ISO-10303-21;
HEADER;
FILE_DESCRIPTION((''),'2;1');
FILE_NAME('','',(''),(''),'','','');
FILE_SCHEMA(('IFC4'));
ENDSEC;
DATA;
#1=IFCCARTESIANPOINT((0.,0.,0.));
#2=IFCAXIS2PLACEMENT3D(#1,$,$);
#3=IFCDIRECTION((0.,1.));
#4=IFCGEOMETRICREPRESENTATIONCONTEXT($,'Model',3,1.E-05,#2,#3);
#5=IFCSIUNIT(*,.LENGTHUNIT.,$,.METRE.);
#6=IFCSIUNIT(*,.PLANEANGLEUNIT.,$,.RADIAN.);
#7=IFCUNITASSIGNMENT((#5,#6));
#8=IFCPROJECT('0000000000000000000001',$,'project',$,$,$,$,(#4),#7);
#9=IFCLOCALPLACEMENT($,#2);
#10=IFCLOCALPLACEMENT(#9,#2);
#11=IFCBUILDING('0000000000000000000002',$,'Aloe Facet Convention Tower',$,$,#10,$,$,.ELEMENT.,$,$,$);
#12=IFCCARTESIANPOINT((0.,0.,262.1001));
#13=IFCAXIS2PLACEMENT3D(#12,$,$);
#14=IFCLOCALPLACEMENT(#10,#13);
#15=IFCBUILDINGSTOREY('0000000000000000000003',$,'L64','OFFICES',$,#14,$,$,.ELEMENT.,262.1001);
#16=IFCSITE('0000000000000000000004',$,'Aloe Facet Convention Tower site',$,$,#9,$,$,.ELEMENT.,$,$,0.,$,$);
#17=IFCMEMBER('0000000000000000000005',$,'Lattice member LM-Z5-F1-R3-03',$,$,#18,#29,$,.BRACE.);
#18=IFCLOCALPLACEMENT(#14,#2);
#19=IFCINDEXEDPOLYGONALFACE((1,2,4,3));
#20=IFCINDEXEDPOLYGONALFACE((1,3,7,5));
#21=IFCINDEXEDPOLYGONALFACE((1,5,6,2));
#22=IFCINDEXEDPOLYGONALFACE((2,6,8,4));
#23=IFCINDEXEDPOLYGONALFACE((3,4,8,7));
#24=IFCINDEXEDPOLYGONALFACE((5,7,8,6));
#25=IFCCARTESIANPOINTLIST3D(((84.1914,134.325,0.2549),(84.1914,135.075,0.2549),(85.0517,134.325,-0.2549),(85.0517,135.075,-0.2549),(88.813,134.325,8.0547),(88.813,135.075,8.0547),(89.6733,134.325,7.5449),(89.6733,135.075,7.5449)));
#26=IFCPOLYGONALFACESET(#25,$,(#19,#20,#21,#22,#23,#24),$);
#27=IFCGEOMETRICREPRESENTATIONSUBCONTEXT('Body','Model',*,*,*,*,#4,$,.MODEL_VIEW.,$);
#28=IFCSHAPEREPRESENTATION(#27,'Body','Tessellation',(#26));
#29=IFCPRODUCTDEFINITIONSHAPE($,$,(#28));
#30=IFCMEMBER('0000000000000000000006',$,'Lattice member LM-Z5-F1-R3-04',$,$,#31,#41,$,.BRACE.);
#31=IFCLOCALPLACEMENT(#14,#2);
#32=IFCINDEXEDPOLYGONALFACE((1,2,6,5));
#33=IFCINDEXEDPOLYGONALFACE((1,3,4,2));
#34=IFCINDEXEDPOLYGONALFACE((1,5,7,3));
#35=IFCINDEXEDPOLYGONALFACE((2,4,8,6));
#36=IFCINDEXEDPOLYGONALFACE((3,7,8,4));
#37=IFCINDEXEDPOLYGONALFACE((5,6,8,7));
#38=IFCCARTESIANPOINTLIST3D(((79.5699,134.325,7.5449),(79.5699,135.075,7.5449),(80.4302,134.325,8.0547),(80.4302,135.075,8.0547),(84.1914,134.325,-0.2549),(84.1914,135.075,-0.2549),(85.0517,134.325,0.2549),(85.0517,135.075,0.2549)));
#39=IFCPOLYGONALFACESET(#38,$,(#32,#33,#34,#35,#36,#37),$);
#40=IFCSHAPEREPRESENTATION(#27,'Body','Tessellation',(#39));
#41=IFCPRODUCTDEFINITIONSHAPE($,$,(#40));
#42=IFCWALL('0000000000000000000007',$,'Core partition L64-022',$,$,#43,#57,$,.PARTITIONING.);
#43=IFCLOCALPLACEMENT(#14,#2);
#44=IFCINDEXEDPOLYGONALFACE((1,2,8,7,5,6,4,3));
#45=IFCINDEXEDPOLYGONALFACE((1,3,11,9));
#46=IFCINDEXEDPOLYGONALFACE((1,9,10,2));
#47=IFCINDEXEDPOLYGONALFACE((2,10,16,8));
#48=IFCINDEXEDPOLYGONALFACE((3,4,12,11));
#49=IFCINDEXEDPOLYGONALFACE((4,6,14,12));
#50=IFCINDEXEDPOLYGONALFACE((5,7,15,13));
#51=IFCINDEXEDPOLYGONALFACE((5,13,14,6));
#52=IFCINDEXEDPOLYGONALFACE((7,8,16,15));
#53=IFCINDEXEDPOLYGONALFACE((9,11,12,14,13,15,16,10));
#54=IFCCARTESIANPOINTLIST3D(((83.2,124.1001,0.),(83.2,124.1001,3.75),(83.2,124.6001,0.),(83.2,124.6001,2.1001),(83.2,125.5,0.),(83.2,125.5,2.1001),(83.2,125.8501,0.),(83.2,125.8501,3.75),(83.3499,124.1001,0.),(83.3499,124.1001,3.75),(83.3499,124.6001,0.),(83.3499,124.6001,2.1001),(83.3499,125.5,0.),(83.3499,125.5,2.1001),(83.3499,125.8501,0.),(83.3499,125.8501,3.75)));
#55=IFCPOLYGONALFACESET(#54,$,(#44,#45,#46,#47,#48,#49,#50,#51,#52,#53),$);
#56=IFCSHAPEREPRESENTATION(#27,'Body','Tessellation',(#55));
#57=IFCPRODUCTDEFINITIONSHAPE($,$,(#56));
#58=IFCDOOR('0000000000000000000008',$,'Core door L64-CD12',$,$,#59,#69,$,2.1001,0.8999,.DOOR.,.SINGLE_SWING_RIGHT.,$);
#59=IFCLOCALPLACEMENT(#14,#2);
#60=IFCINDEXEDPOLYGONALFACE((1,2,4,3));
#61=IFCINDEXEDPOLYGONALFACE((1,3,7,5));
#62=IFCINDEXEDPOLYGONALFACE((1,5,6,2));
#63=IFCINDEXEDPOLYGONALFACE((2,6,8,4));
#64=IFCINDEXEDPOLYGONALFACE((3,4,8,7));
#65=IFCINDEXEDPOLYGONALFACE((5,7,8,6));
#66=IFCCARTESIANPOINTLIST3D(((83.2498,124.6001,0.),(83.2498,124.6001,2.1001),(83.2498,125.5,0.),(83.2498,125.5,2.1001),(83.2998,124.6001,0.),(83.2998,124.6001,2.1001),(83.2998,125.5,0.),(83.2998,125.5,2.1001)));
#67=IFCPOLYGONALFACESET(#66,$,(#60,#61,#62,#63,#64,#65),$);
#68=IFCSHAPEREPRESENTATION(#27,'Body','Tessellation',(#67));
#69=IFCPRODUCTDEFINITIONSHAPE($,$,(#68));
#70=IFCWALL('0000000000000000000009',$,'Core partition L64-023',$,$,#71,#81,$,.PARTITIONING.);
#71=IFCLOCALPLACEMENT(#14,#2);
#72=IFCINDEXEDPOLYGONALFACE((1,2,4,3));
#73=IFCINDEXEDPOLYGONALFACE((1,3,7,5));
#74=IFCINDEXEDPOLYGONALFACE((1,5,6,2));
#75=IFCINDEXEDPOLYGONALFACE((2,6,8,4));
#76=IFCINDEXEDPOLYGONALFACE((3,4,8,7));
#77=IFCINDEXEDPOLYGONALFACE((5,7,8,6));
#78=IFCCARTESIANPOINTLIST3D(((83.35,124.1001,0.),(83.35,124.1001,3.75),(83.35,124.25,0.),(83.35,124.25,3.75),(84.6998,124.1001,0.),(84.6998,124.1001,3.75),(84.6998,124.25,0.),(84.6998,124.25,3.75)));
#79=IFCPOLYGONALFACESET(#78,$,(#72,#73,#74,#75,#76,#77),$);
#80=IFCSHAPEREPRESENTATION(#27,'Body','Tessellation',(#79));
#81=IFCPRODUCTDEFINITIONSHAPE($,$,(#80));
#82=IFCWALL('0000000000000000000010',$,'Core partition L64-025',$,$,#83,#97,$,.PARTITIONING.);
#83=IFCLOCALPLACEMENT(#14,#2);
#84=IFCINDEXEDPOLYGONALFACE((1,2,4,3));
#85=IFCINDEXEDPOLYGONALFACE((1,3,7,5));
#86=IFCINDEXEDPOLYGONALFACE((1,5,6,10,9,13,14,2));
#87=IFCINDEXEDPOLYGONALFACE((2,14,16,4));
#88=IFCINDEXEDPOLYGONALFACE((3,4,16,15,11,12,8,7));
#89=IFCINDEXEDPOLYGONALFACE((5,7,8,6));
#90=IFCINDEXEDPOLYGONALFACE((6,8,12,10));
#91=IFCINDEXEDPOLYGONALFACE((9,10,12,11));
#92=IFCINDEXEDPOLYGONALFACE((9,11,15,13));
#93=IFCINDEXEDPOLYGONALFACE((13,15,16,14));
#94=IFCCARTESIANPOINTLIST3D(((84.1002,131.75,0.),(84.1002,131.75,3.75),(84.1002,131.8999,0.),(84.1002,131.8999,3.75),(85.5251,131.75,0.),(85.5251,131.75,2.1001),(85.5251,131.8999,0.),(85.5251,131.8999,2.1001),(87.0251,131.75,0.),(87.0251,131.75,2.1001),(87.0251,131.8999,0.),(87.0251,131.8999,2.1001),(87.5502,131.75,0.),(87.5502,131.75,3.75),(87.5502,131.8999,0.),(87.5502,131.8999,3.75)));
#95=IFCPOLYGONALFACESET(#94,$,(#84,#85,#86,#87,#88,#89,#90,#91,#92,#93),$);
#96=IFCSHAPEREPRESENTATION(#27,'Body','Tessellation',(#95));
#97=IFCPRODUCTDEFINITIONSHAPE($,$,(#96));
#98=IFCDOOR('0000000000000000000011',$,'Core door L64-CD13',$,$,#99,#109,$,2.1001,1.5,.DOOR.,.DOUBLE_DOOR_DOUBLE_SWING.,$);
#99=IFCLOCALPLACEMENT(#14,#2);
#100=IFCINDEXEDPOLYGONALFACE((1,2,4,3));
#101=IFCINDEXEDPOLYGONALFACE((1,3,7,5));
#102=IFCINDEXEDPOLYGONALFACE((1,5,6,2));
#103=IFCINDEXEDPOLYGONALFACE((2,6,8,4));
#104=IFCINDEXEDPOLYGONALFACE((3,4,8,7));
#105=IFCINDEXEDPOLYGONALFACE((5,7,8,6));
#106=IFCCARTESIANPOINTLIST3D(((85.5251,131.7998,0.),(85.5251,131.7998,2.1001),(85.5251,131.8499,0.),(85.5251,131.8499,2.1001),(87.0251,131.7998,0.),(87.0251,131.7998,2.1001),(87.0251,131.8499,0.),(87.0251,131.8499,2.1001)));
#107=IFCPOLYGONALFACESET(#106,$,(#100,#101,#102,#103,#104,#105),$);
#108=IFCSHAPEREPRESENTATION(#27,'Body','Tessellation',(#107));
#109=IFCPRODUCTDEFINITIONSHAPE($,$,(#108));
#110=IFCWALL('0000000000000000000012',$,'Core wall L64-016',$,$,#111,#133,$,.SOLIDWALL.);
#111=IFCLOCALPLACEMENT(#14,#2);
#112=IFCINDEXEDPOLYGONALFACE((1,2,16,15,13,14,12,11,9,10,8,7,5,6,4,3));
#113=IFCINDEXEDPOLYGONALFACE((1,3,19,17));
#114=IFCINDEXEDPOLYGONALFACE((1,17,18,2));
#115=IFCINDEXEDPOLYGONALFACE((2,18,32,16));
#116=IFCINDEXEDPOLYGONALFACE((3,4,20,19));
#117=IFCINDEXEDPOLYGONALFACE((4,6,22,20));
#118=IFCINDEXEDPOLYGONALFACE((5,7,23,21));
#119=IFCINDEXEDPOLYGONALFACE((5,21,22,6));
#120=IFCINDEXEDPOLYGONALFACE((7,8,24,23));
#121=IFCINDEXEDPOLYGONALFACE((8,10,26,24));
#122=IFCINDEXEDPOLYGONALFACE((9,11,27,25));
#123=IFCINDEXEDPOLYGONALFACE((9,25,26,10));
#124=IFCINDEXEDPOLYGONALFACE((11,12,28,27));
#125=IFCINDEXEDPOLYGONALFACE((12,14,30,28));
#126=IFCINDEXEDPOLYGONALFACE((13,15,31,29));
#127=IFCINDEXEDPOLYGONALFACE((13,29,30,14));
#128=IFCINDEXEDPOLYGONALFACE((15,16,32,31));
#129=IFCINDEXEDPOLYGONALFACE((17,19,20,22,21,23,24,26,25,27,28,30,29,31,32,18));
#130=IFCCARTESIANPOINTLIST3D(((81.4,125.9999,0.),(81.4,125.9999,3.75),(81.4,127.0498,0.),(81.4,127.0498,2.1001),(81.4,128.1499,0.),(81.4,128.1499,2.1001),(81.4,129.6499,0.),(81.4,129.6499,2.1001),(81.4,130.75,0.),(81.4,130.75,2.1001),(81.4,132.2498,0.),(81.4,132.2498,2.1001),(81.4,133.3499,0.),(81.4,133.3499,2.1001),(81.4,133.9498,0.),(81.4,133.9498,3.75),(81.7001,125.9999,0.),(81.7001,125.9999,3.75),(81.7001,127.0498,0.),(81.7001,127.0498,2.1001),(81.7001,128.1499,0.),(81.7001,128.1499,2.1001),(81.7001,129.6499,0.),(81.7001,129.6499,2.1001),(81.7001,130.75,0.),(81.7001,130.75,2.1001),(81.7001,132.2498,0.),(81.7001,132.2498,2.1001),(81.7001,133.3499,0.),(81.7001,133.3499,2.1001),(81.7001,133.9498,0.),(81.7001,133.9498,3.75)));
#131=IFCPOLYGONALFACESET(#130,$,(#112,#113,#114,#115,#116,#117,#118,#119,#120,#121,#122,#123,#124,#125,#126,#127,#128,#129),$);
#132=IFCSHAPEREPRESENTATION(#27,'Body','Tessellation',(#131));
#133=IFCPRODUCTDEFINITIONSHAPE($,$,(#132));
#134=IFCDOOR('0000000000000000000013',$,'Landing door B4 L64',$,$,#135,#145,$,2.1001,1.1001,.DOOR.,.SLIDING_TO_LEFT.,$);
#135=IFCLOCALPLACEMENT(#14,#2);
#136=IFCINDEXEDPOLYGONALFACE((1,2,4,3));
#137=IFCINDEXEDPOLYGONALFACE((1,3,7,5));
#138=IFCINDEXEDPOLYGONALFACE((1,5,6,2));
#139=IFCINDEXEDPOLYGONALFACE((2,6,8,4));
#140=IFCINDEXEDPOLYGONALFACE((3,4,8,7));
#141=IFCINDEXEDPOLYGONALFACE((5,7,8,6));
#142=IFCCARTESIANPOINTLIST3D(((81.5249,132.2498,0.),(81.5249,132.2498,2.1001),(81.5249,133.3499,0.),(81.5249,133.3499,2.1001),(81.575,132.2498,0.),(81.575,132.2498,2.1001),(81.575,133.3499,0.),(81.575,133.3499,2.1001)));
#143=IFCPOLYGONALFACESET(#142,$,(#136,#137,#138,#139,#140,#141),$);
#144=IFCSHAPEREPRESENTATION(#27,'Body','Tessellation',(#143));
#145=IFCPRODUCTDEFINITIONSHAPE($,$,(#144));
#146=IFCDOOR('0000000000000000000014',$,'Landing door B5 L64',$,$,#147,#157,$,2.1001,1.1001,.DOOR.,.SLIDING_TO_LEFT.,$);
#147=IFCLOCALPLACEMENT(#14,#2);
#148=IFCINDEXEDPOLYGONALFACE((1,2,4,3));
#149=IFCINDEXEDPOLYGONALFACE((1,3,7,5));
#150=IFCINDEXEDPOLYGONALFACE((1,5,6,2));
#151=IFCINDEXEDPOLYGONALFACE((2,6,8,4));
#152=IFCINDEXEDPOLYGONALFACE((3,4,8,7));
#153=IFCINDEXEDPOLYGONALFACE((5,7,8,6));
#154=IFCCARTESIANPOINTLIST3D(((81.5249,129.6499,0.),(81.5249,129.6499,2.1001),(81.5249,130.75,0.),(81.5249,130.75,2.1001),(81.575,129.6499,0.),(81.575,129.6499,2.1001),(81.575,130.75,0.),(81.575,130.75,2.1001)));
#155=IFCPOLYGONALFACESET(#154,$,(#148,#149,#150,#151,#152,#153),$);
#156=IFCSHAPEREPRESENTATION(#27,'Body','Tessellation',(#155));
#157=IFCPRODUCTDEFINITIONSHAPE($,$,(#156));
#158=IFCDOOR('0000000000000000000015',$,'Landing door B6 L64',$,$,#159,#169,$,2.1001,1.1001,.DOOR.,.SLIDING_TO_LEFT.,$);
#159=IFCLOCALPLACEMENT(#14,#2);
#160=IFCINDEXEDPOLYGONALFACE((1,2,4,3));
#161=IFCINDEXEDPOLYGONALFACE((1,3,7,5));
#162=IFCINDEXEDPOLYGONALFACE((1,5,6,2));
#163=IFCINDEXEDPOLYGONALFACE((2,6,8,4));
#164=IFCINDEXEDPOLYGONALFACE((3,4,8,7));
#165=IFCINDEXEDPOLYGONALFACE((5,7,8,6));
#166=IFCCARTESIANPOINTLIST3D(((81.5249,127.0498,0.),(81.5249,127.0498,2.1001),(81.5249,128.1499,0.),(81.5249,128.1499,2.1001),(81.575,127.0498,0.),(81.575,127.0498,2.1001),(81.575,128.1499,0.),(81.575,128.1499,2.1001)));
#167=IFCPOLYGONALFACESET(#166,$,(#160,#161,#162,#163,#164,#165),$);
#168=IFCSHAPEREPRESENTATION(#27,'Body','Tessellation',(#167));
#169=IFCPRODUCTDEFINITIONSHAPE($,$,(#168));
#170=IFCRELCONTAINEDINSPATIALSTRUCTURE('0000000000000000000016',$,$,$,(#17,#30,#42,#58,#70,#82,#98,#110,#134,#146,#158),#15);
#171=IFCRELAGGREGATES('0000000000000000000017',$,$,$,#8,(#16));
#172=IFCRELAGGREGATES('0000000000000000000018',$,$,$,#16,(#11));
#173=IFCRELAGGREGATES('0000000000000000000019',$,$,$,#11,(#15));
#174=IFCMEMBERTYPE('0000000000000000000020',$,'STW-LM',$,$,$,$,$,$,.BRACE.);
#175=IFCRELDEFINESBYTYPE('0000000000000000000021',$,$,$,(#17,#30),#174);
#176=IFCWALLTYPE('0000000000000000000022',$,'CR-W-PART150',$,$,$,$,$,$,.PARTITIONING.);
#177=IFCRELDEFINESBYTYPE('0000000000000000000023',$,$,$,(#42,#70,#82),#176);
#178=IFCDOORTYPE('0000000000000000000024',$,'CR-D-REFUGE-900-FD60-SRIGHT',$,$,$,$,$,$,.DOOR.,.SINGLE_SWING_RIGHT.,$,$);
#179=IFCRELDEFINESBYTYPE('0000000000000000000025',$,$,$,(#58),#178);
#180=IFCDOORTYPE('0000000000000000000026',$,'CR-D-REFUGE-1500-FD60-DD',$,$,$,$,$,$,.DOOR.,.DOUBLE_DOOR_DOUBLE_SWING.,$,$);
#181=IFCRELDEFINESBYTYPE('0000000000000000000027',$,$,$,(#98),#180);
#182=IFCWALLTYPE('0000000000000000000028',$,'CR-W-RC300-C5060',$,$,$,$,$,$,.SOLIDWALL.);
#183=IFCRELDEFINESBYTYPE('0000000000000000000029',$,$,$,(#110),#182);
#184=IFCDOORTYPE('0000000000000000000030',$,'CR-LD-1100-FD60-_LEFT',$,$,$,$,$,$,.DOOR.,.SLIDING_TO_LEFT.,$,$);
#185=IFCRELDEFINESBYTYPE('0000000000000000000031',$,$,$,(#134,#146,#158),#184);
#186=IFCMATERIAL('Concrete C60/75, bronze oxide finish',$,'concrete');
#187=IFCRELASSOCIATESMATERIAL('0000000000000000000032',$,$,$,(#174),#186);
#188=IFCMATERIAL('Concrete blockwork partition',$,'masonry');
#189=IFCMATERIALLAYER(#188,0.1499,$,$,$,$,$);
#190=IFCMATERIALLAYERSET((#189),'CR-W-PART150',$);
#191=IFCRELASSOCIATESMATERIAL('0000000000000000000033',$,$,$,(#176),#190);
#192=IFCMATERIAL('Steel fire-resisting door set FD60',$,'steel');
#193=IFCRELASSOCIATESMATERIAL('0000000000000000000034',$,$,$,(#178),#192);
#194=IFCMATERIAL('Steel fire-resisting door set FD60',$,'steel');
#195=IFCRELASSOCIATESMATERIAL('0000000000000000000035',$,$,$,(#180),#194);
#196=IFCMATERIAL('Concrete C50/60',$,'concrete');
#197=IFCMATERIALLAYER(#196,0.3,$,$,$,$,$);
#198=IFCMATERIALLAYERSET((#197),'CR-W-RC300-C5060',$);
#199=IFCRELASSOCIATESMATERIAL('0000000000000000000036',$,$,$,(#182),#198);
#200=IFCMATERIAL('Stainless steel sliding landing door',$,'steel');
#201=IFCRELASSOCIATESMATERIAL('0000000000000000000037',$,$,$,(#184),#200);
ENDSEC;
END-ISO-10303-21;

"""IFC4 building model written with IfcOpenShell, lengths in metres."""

from ifc_helpers import new_model, si_unit, direction, frame, frame_2d, origin, origin_2d, place, context, subcontext, project, spatial, rectangle, extrude, material, layer, layer_set, material_profile, profile_set, type_object, element, fill, save


model = new_model("IFC4")

# Units and contexts
model_context = context("Model", 3, precision=1e-05, world=origin(), true_north=direction((0.0, 1.0)))
body_context = subcontext(model_context, "Body", "Model", "MODEL_VIEW")
ifc_project = project(units=[si_unit("LENGTHUNIT", "METRE"), si_unit("PLANEANGLEUNIT", "RADIAN")], contexts=[model_context])

# Site, building, storey
site_placement = place(None, origin())
site = spatial("IfcSite", under=ifc_project, at=site_placement, Name="Aloe Facet Convention Tower site", CompositionType="ELEMENT", RefElevation=0.0)
building_placement = place(site_placement, origin())
building = spatial("IfcBuilding", under=site, at=building_placement, Name="Aloe Facet Convention Tower", CompositionType="ELEMENT")
storey_placement = place(building_placement, frame((0.0, 0.0, 262.1001)))
storey = spatial("IfcBuildingStorey", under=building, at=storey_placement, Name="L64", Description="OFFICES", CompositionType="ELEMENT", Elevation=262.1001)

# Members
ifc_material_1 = material(Name="Concrete C60/75, bronze oxide finish", Category="concrete")
ifc_material_profile = material_profile(ifc_material_1, rectangle(XDim=0.75, YDim=1.0, at=origin_2d()), Name="STW-LM")
ifc_profile_set = profile_set([ifc_material_profile], Name="Concrete C60/75, bronze oxide finish")
member_type = type_object("IfcMemberType", Name="STW-LM", PredefinedType="BRACE", material=ifc_profile_set)
for number, where, z_axis, x_axis, name in (
    (1, (84.6216, 134.7, 0.0), (0.50976, 0.0, 0.860317), (0.0, 1.0, 0.0), "Lattice member LM-Z5-F1-R3-03"),
    (2, (84.6216, 134.7, 0.0), (-0.50976, 0.0, 0.860317), (0.0, -1.0, 0.0), "Lattice member LM-Z5-F1-R3-04"),
):
    element("IfcMember", number, at=place(storey_placement, frame(where, z_axis=z_axis, x_axis=x_axis)), inside=storey, type_object=member_type, Name=name, PredefinedType="BRACE", context=body_context, shape_type="SweptSolid", body=[
        extrude(rectangle(XDim=0.75, YDim=1.0, at=origin_2d()), origin(), (0.0, 0.0, 1.0), 9.0662),
    ])

# Wall, opening, door
ifc_material_2 = material(Name="Concrete blockwork partition", Category="masonry")
ifc_layer_1 = layer(ifc_material_2, 0.1499)
ifc_layer_set_1 = layer_set([ifc_layer_1], Name="CR-W-PART150")
wall_type_1 = type_object("IfcWallType", Name="CR-W-PART150", PredefinedType="PARTITIONING", material=ifc_layer_set_1)
wall_1_placement = place(storey_placement, frame((83.2749, 125.8501, 0.0), z_axis=(0.0, 0.0, 1.0), x_axis=(0.0, -1.0, 0.0)))
wall_1 = element("IfcWall", 3, at=wall_1_placement, inside=storey, type_object=wall_type_1, Name="Core partition L64-022", PredefinedType="PARTITIONING", context=body_context, shape_type="SweptSolid", body=[
    extrude(rectangle(XDim=1.75, YDim=0.1499, at=frame_2d((0.875, 0.0))), origin(), (0.0, 0.0, 1.0), 3.75),
])
opening_1_placement = place(wall_1_placement, frame((0.3501, 0.0, 0.0)))
opening_1 = element("IfcOpeningElement", 4, at=opening_1_placement, cuts=wall_1, PredefinedType="OPENING", context=body_context, shape_type="SweptSolid", body=[
    extrude(rectangle(XDim=0.8999, YDim=2.1001, at=frame_2d((0.45, 1.05))), frame((0.0, 0.085, 0.0), z_axis=(0.0, -1.0, 0.0), x_axis=(1.0, 0.0, 0.0)), (0.0, 0.0, 1.0), 0.1699),
])
ifc_material_3 = material(Name="Steel fire-resisting door set FD60", Category="steel")
door_type_1 = type_object("IfcDoorType", Name="CR-D-REFUGE-900-FD60-SRIGHT", OperationType="SINGLE_SWING_RIGHT", PredefinedType="DOOR", material=ifc_material_3)
door_1_placement = place(opening_1_placement, origin())
door_1 = element("IfcDoor", 5, at=door_1_placement, inside=storey, type_object=door_type_1, Name="Core door L64-CD12", OperationType="SINGLE_SWING_RIGHT", OverallHeight=2.1001, OverallWidth=0.8999, PredefinedType="DOOR", context=body_context, shape_type="SweptSolid", body=[
    extrude(rectangle(XDim=0.8999, YDim=2.1001, at=frame_2d((0.45, 1.05))), frame((0.0, 0.0249, 0.0), z_axis=(0.0, -1.0, 0.0), x_axis=(1.0, 0.0, 0.0)), (0.0, 0.0, 1.0), 0.05),
])
fill(opening_1, door_1)

# Wall
wall_2_placement = place(storey_placement, frame((83.3501, 124.175, 0.0), z_axis=(0.0, 0.0, 1.0), x_axis=(1.0, 0.0, 0.0)))
element("IfcWall", 6, at=wall_2_placement, inside=storey, type_object=wall_type_1, Name="Core partition L64-023", PredefinedType="PARTITIONING", context=body_context, shape_type="SweptSolid", body=[
    extrude(rectangle(XDim=1.3499, YDim=0.1499, at=frame_2d((0.6748, 0.0))), origin(), (0.0, 0.0, 1.0), 3.75),
])

# Wall, opening, door
wall_3_placement = place(storey_placement, frame((84.1001, 131.825, 0.0), z_axis=(0.0, 0.0, 1.0), x_axis=(1.0, 0.0, 0.0)))
wall_3 = element("IfcWall", 7, at=wall_3_placement, inside=storey, type_object=wall_type_1, Name="Core partition L64-025", PredefinedType="PARTITIONING", context=body_context, shape_type="SweptSolid", body=[
    extrude(rectangle(XDim=3.45, YDim=0.1499, at=frame_2d((1.7251, 0.0))), origin(), (0.0, 0.0, 1.0), 3.75),
])
opening_2_placement = place(wall_3_placement, frame((1.425, 0.0, 0.0)))
opening_2 = element("IfcOpeningElement", 8, at=opening_2_placement, cuts=wall_3, PredefinedType="OPENING", context=body_context, shape_type="SweptSolid", body=[
    extrude(rectangle(XDim=1.5, YDim=2.1001, at=frame_2d((0.75, 1.05))), frame((0.0, 0.085, 0.0), z_axis=(0.0, -1.0, 0.0), x_axis=(1.0, 0.0, 0.0)), (0.0, 0.0, 1.0), 0.1699),
])
ifc_material_4 = material(Name="Steel fire-resisting door set FD60", Category="steel")
door_type_2 = type_object("IfcDoorType", Name="CR-D-REFUGE-1500-FD60-DD", OperationType="DOUBLE_DOOR_DOUBLE_SWING", PredefinedType="DOOR", material=ifc_material_4)
door_2_placement = place(opening_2_placement, origin())
door_2 = element("IfcDoor", 9, at=door_2_placement, inside=storey, type_object=door_type_2, Name="Core door L64-CD13", OperationType="DOUBLE_DOOR_DOUBLE_SWING", OverallHeight=2.1001, OverallWidth=1.5, PredefinedType="DOOR", context=body_context, shape_type="SweptSolid", body=[
    extrude(rectangle(XDim=1.5, YDim=2.1001, at=frame_2d((0.75, 1.05))), frame((0.0, 0.0249, 0.0), z_axis=(0.0, -1.0, 0.0), x_axis=(1.0, 0.0, 0.0)), (0.0, 0.0, 1.0), 0.05),
])
fill(opening_2, door_2)

# Wall, openings, doors
ifc_material_5 = material(Name="Concrete C50/60", Category="concrete")
ifc_layer_2 = layer(ifc_material_5, 0.3)
ifc_layer_set_2 = layer_set([ifc_layer_2], Name="CR-W-RC300-C5060")
wall_type_2 = type_object("IfcWallType", Name="CR-W-RC300-C5060", PredefinedType="SOLIDWALL", material=ifc_layer_set_2)
wall_4_placement = place(storey_placement, frame((81.55, 133.95, 0.0), z_axis=(0.0, 0.0, 1.0), x_axis=(0.0, -1.0, 0.0)))
wall_4 = element("IfcWall", 10, at=wall_4_placement, inside=storey, type_object=wall_type_2, Name="Core wall L64-016", PredefinedType="SOLIDWALL", context=body_context, shape_type="SweptSolid", body=[
    extrude(rectangle(XDim=7.95, YDim=0.3, at=frame_2d((3.9751, 0.0))), origin(), (0.0, 0.0, 1.0), 3.75),
])
opening_3_placement = place(wall_4_placement, frame((0.6001, 0.0, 0.0)))
opening_3 = element("IfcOpeningElement", 11, at=opening_3_placement, cuts=wall_4, PredefinedType="OPENING", context=body_context, shape_type="SweptSolid", body=[
    extrude(rectangle(XDim=1.1001, YDim=2.1001, at=frame_2d((0.55, 1.05))), frame((0.0, 0.1602, 0.0), z_axis=(0.0, -1.0, 0.0), x_axis=(1.0, 0.0, 0.0)), (0.0, 0.0, 1.0), 0.3201),
])
opening_4_placement = place(wall_4_placement, frame((3.2, 0.0, 0.0)))
opening_4 = element("IfcOpeningElement", 12, at=opening_4_placement, cuts=wall_4, PredefinedType="OPENING", context=body_context, shape_type="SweptSolid", body=[
    extrude(rectangle(XDim=1.1001, YDim=2.1001, at=frame_2d((0.55, 1.05))), frame((0.0, 0.1602, 0.0), z_axis=(0.0, -1.0, 0.0), x_axis=(1.0, 0.0, 0.0)), (0.0, 0.0, 1.0), 0.3201),
])
opening_5_placement = place(wall_4_placement, frame((5.8, 0.0, 0.0)))
opening_5 = element("IfcOpeningElement", 13, at=opening_5_placement, cuts=wall_4, PredefinedType="OPENING", context=body_context, shape_type="SweptSolid", body=[
    extrude(rectangle(XDim=1.1001, YDim=2.1001, at=frame_2d((0.55, 1.05))), frame((0.0, 0.1602, 0.0), z_axis=(0.0, -1.0, 0.0), x_axis=(1.0, 0.0, 0.0)), (0.0, 0.0, 1.0), 0.3201),
])
ifc_material_6 = material(Name="Stainless steel sliding landing door", Category="steel")
door_type_3 = type_object("IfcDoorType", Name="CR-LD-1100-FD60-_LEFT", OperationType="SLIDING_TO_LEFT", PredefinedType="DOOR", material=ifc_material_6)
door_3_placement = place(opening_3_placement, origin())
door_3 = element("IfcDoor", 14, at=door_3_placement, inside=storey, type_object=door_type_3, Name="Landing door B4 L64", OperationType="SLIDING_TO_LEFT", OverallHeight=2.1001, OverallWidth=1.1001, PredefinedType="DOOR", context=body_context, shape_type="SweptSolid", body=[
    extrude(rectangle(XDim=1.1001, YDim=2.1001, at=frame_2d((0.55, 1.05))), frame((0.0, 0.0249, 0.0), z_axis=(0.0, -1.0, 0.0), x_axis=(1.0, 0.0, 0.0)), (0.0, 0.0, 1.0), 0.05),
])
fill(opening_3, door_3)
door_4_placement = place(opening_4_placement, origin())
door_4 = element("IfcDoor", 15, at=door_4_placement, inside=storey, type_object=door_type_3, Name="Landing door B5 L64", OperationType="SLIDING_TO_LEFT", OverallHeight=2.1001, OverallWidth=1.1001, PredefinedType="DOOR", context=body_context, shape_type="SweptSolid", body=[
    extrude(rectangle(XDim=1.1001, YDim=2.1001, at=frame_2d((0.55, 1.05))), frame((0.0, 0.0249, 0.0), z_axis=(0.0, -1.0, 0.0), x_axis=(1.0, 0.0, 0.0)), (0.0, 0.0, 1.0), 0.05),
])
fill(opening_4, door_4)
door_5_placement = place(opening_5_placement, origin())
door_5 = element("IfcDoor", 16, at=door_5_placement, inside=storey, type_object=door_type_3, Name="Landing door B6 L64", OperationType="SLIDING_TO_LEFT", OverallHeight=2.1001, OverallWidth=1.1001, PredefinedType="DOOR", context=body_context, shape_type="SweptSolid", body=[
    extrude(rectangle(XDim=1.1001, YDim=2.1001, at=frame_2d((0.55, 1.05))), frame((0.0, 0.0249, 0.0), z_axis=(0.0, -1.0, 0.0), x_axis=(1.0, 0.0, 0.0)), (0.0, 0.0, 1.0), 0.05),
])
fill(opening_5, door_5)

save(model, "model.ifc")
